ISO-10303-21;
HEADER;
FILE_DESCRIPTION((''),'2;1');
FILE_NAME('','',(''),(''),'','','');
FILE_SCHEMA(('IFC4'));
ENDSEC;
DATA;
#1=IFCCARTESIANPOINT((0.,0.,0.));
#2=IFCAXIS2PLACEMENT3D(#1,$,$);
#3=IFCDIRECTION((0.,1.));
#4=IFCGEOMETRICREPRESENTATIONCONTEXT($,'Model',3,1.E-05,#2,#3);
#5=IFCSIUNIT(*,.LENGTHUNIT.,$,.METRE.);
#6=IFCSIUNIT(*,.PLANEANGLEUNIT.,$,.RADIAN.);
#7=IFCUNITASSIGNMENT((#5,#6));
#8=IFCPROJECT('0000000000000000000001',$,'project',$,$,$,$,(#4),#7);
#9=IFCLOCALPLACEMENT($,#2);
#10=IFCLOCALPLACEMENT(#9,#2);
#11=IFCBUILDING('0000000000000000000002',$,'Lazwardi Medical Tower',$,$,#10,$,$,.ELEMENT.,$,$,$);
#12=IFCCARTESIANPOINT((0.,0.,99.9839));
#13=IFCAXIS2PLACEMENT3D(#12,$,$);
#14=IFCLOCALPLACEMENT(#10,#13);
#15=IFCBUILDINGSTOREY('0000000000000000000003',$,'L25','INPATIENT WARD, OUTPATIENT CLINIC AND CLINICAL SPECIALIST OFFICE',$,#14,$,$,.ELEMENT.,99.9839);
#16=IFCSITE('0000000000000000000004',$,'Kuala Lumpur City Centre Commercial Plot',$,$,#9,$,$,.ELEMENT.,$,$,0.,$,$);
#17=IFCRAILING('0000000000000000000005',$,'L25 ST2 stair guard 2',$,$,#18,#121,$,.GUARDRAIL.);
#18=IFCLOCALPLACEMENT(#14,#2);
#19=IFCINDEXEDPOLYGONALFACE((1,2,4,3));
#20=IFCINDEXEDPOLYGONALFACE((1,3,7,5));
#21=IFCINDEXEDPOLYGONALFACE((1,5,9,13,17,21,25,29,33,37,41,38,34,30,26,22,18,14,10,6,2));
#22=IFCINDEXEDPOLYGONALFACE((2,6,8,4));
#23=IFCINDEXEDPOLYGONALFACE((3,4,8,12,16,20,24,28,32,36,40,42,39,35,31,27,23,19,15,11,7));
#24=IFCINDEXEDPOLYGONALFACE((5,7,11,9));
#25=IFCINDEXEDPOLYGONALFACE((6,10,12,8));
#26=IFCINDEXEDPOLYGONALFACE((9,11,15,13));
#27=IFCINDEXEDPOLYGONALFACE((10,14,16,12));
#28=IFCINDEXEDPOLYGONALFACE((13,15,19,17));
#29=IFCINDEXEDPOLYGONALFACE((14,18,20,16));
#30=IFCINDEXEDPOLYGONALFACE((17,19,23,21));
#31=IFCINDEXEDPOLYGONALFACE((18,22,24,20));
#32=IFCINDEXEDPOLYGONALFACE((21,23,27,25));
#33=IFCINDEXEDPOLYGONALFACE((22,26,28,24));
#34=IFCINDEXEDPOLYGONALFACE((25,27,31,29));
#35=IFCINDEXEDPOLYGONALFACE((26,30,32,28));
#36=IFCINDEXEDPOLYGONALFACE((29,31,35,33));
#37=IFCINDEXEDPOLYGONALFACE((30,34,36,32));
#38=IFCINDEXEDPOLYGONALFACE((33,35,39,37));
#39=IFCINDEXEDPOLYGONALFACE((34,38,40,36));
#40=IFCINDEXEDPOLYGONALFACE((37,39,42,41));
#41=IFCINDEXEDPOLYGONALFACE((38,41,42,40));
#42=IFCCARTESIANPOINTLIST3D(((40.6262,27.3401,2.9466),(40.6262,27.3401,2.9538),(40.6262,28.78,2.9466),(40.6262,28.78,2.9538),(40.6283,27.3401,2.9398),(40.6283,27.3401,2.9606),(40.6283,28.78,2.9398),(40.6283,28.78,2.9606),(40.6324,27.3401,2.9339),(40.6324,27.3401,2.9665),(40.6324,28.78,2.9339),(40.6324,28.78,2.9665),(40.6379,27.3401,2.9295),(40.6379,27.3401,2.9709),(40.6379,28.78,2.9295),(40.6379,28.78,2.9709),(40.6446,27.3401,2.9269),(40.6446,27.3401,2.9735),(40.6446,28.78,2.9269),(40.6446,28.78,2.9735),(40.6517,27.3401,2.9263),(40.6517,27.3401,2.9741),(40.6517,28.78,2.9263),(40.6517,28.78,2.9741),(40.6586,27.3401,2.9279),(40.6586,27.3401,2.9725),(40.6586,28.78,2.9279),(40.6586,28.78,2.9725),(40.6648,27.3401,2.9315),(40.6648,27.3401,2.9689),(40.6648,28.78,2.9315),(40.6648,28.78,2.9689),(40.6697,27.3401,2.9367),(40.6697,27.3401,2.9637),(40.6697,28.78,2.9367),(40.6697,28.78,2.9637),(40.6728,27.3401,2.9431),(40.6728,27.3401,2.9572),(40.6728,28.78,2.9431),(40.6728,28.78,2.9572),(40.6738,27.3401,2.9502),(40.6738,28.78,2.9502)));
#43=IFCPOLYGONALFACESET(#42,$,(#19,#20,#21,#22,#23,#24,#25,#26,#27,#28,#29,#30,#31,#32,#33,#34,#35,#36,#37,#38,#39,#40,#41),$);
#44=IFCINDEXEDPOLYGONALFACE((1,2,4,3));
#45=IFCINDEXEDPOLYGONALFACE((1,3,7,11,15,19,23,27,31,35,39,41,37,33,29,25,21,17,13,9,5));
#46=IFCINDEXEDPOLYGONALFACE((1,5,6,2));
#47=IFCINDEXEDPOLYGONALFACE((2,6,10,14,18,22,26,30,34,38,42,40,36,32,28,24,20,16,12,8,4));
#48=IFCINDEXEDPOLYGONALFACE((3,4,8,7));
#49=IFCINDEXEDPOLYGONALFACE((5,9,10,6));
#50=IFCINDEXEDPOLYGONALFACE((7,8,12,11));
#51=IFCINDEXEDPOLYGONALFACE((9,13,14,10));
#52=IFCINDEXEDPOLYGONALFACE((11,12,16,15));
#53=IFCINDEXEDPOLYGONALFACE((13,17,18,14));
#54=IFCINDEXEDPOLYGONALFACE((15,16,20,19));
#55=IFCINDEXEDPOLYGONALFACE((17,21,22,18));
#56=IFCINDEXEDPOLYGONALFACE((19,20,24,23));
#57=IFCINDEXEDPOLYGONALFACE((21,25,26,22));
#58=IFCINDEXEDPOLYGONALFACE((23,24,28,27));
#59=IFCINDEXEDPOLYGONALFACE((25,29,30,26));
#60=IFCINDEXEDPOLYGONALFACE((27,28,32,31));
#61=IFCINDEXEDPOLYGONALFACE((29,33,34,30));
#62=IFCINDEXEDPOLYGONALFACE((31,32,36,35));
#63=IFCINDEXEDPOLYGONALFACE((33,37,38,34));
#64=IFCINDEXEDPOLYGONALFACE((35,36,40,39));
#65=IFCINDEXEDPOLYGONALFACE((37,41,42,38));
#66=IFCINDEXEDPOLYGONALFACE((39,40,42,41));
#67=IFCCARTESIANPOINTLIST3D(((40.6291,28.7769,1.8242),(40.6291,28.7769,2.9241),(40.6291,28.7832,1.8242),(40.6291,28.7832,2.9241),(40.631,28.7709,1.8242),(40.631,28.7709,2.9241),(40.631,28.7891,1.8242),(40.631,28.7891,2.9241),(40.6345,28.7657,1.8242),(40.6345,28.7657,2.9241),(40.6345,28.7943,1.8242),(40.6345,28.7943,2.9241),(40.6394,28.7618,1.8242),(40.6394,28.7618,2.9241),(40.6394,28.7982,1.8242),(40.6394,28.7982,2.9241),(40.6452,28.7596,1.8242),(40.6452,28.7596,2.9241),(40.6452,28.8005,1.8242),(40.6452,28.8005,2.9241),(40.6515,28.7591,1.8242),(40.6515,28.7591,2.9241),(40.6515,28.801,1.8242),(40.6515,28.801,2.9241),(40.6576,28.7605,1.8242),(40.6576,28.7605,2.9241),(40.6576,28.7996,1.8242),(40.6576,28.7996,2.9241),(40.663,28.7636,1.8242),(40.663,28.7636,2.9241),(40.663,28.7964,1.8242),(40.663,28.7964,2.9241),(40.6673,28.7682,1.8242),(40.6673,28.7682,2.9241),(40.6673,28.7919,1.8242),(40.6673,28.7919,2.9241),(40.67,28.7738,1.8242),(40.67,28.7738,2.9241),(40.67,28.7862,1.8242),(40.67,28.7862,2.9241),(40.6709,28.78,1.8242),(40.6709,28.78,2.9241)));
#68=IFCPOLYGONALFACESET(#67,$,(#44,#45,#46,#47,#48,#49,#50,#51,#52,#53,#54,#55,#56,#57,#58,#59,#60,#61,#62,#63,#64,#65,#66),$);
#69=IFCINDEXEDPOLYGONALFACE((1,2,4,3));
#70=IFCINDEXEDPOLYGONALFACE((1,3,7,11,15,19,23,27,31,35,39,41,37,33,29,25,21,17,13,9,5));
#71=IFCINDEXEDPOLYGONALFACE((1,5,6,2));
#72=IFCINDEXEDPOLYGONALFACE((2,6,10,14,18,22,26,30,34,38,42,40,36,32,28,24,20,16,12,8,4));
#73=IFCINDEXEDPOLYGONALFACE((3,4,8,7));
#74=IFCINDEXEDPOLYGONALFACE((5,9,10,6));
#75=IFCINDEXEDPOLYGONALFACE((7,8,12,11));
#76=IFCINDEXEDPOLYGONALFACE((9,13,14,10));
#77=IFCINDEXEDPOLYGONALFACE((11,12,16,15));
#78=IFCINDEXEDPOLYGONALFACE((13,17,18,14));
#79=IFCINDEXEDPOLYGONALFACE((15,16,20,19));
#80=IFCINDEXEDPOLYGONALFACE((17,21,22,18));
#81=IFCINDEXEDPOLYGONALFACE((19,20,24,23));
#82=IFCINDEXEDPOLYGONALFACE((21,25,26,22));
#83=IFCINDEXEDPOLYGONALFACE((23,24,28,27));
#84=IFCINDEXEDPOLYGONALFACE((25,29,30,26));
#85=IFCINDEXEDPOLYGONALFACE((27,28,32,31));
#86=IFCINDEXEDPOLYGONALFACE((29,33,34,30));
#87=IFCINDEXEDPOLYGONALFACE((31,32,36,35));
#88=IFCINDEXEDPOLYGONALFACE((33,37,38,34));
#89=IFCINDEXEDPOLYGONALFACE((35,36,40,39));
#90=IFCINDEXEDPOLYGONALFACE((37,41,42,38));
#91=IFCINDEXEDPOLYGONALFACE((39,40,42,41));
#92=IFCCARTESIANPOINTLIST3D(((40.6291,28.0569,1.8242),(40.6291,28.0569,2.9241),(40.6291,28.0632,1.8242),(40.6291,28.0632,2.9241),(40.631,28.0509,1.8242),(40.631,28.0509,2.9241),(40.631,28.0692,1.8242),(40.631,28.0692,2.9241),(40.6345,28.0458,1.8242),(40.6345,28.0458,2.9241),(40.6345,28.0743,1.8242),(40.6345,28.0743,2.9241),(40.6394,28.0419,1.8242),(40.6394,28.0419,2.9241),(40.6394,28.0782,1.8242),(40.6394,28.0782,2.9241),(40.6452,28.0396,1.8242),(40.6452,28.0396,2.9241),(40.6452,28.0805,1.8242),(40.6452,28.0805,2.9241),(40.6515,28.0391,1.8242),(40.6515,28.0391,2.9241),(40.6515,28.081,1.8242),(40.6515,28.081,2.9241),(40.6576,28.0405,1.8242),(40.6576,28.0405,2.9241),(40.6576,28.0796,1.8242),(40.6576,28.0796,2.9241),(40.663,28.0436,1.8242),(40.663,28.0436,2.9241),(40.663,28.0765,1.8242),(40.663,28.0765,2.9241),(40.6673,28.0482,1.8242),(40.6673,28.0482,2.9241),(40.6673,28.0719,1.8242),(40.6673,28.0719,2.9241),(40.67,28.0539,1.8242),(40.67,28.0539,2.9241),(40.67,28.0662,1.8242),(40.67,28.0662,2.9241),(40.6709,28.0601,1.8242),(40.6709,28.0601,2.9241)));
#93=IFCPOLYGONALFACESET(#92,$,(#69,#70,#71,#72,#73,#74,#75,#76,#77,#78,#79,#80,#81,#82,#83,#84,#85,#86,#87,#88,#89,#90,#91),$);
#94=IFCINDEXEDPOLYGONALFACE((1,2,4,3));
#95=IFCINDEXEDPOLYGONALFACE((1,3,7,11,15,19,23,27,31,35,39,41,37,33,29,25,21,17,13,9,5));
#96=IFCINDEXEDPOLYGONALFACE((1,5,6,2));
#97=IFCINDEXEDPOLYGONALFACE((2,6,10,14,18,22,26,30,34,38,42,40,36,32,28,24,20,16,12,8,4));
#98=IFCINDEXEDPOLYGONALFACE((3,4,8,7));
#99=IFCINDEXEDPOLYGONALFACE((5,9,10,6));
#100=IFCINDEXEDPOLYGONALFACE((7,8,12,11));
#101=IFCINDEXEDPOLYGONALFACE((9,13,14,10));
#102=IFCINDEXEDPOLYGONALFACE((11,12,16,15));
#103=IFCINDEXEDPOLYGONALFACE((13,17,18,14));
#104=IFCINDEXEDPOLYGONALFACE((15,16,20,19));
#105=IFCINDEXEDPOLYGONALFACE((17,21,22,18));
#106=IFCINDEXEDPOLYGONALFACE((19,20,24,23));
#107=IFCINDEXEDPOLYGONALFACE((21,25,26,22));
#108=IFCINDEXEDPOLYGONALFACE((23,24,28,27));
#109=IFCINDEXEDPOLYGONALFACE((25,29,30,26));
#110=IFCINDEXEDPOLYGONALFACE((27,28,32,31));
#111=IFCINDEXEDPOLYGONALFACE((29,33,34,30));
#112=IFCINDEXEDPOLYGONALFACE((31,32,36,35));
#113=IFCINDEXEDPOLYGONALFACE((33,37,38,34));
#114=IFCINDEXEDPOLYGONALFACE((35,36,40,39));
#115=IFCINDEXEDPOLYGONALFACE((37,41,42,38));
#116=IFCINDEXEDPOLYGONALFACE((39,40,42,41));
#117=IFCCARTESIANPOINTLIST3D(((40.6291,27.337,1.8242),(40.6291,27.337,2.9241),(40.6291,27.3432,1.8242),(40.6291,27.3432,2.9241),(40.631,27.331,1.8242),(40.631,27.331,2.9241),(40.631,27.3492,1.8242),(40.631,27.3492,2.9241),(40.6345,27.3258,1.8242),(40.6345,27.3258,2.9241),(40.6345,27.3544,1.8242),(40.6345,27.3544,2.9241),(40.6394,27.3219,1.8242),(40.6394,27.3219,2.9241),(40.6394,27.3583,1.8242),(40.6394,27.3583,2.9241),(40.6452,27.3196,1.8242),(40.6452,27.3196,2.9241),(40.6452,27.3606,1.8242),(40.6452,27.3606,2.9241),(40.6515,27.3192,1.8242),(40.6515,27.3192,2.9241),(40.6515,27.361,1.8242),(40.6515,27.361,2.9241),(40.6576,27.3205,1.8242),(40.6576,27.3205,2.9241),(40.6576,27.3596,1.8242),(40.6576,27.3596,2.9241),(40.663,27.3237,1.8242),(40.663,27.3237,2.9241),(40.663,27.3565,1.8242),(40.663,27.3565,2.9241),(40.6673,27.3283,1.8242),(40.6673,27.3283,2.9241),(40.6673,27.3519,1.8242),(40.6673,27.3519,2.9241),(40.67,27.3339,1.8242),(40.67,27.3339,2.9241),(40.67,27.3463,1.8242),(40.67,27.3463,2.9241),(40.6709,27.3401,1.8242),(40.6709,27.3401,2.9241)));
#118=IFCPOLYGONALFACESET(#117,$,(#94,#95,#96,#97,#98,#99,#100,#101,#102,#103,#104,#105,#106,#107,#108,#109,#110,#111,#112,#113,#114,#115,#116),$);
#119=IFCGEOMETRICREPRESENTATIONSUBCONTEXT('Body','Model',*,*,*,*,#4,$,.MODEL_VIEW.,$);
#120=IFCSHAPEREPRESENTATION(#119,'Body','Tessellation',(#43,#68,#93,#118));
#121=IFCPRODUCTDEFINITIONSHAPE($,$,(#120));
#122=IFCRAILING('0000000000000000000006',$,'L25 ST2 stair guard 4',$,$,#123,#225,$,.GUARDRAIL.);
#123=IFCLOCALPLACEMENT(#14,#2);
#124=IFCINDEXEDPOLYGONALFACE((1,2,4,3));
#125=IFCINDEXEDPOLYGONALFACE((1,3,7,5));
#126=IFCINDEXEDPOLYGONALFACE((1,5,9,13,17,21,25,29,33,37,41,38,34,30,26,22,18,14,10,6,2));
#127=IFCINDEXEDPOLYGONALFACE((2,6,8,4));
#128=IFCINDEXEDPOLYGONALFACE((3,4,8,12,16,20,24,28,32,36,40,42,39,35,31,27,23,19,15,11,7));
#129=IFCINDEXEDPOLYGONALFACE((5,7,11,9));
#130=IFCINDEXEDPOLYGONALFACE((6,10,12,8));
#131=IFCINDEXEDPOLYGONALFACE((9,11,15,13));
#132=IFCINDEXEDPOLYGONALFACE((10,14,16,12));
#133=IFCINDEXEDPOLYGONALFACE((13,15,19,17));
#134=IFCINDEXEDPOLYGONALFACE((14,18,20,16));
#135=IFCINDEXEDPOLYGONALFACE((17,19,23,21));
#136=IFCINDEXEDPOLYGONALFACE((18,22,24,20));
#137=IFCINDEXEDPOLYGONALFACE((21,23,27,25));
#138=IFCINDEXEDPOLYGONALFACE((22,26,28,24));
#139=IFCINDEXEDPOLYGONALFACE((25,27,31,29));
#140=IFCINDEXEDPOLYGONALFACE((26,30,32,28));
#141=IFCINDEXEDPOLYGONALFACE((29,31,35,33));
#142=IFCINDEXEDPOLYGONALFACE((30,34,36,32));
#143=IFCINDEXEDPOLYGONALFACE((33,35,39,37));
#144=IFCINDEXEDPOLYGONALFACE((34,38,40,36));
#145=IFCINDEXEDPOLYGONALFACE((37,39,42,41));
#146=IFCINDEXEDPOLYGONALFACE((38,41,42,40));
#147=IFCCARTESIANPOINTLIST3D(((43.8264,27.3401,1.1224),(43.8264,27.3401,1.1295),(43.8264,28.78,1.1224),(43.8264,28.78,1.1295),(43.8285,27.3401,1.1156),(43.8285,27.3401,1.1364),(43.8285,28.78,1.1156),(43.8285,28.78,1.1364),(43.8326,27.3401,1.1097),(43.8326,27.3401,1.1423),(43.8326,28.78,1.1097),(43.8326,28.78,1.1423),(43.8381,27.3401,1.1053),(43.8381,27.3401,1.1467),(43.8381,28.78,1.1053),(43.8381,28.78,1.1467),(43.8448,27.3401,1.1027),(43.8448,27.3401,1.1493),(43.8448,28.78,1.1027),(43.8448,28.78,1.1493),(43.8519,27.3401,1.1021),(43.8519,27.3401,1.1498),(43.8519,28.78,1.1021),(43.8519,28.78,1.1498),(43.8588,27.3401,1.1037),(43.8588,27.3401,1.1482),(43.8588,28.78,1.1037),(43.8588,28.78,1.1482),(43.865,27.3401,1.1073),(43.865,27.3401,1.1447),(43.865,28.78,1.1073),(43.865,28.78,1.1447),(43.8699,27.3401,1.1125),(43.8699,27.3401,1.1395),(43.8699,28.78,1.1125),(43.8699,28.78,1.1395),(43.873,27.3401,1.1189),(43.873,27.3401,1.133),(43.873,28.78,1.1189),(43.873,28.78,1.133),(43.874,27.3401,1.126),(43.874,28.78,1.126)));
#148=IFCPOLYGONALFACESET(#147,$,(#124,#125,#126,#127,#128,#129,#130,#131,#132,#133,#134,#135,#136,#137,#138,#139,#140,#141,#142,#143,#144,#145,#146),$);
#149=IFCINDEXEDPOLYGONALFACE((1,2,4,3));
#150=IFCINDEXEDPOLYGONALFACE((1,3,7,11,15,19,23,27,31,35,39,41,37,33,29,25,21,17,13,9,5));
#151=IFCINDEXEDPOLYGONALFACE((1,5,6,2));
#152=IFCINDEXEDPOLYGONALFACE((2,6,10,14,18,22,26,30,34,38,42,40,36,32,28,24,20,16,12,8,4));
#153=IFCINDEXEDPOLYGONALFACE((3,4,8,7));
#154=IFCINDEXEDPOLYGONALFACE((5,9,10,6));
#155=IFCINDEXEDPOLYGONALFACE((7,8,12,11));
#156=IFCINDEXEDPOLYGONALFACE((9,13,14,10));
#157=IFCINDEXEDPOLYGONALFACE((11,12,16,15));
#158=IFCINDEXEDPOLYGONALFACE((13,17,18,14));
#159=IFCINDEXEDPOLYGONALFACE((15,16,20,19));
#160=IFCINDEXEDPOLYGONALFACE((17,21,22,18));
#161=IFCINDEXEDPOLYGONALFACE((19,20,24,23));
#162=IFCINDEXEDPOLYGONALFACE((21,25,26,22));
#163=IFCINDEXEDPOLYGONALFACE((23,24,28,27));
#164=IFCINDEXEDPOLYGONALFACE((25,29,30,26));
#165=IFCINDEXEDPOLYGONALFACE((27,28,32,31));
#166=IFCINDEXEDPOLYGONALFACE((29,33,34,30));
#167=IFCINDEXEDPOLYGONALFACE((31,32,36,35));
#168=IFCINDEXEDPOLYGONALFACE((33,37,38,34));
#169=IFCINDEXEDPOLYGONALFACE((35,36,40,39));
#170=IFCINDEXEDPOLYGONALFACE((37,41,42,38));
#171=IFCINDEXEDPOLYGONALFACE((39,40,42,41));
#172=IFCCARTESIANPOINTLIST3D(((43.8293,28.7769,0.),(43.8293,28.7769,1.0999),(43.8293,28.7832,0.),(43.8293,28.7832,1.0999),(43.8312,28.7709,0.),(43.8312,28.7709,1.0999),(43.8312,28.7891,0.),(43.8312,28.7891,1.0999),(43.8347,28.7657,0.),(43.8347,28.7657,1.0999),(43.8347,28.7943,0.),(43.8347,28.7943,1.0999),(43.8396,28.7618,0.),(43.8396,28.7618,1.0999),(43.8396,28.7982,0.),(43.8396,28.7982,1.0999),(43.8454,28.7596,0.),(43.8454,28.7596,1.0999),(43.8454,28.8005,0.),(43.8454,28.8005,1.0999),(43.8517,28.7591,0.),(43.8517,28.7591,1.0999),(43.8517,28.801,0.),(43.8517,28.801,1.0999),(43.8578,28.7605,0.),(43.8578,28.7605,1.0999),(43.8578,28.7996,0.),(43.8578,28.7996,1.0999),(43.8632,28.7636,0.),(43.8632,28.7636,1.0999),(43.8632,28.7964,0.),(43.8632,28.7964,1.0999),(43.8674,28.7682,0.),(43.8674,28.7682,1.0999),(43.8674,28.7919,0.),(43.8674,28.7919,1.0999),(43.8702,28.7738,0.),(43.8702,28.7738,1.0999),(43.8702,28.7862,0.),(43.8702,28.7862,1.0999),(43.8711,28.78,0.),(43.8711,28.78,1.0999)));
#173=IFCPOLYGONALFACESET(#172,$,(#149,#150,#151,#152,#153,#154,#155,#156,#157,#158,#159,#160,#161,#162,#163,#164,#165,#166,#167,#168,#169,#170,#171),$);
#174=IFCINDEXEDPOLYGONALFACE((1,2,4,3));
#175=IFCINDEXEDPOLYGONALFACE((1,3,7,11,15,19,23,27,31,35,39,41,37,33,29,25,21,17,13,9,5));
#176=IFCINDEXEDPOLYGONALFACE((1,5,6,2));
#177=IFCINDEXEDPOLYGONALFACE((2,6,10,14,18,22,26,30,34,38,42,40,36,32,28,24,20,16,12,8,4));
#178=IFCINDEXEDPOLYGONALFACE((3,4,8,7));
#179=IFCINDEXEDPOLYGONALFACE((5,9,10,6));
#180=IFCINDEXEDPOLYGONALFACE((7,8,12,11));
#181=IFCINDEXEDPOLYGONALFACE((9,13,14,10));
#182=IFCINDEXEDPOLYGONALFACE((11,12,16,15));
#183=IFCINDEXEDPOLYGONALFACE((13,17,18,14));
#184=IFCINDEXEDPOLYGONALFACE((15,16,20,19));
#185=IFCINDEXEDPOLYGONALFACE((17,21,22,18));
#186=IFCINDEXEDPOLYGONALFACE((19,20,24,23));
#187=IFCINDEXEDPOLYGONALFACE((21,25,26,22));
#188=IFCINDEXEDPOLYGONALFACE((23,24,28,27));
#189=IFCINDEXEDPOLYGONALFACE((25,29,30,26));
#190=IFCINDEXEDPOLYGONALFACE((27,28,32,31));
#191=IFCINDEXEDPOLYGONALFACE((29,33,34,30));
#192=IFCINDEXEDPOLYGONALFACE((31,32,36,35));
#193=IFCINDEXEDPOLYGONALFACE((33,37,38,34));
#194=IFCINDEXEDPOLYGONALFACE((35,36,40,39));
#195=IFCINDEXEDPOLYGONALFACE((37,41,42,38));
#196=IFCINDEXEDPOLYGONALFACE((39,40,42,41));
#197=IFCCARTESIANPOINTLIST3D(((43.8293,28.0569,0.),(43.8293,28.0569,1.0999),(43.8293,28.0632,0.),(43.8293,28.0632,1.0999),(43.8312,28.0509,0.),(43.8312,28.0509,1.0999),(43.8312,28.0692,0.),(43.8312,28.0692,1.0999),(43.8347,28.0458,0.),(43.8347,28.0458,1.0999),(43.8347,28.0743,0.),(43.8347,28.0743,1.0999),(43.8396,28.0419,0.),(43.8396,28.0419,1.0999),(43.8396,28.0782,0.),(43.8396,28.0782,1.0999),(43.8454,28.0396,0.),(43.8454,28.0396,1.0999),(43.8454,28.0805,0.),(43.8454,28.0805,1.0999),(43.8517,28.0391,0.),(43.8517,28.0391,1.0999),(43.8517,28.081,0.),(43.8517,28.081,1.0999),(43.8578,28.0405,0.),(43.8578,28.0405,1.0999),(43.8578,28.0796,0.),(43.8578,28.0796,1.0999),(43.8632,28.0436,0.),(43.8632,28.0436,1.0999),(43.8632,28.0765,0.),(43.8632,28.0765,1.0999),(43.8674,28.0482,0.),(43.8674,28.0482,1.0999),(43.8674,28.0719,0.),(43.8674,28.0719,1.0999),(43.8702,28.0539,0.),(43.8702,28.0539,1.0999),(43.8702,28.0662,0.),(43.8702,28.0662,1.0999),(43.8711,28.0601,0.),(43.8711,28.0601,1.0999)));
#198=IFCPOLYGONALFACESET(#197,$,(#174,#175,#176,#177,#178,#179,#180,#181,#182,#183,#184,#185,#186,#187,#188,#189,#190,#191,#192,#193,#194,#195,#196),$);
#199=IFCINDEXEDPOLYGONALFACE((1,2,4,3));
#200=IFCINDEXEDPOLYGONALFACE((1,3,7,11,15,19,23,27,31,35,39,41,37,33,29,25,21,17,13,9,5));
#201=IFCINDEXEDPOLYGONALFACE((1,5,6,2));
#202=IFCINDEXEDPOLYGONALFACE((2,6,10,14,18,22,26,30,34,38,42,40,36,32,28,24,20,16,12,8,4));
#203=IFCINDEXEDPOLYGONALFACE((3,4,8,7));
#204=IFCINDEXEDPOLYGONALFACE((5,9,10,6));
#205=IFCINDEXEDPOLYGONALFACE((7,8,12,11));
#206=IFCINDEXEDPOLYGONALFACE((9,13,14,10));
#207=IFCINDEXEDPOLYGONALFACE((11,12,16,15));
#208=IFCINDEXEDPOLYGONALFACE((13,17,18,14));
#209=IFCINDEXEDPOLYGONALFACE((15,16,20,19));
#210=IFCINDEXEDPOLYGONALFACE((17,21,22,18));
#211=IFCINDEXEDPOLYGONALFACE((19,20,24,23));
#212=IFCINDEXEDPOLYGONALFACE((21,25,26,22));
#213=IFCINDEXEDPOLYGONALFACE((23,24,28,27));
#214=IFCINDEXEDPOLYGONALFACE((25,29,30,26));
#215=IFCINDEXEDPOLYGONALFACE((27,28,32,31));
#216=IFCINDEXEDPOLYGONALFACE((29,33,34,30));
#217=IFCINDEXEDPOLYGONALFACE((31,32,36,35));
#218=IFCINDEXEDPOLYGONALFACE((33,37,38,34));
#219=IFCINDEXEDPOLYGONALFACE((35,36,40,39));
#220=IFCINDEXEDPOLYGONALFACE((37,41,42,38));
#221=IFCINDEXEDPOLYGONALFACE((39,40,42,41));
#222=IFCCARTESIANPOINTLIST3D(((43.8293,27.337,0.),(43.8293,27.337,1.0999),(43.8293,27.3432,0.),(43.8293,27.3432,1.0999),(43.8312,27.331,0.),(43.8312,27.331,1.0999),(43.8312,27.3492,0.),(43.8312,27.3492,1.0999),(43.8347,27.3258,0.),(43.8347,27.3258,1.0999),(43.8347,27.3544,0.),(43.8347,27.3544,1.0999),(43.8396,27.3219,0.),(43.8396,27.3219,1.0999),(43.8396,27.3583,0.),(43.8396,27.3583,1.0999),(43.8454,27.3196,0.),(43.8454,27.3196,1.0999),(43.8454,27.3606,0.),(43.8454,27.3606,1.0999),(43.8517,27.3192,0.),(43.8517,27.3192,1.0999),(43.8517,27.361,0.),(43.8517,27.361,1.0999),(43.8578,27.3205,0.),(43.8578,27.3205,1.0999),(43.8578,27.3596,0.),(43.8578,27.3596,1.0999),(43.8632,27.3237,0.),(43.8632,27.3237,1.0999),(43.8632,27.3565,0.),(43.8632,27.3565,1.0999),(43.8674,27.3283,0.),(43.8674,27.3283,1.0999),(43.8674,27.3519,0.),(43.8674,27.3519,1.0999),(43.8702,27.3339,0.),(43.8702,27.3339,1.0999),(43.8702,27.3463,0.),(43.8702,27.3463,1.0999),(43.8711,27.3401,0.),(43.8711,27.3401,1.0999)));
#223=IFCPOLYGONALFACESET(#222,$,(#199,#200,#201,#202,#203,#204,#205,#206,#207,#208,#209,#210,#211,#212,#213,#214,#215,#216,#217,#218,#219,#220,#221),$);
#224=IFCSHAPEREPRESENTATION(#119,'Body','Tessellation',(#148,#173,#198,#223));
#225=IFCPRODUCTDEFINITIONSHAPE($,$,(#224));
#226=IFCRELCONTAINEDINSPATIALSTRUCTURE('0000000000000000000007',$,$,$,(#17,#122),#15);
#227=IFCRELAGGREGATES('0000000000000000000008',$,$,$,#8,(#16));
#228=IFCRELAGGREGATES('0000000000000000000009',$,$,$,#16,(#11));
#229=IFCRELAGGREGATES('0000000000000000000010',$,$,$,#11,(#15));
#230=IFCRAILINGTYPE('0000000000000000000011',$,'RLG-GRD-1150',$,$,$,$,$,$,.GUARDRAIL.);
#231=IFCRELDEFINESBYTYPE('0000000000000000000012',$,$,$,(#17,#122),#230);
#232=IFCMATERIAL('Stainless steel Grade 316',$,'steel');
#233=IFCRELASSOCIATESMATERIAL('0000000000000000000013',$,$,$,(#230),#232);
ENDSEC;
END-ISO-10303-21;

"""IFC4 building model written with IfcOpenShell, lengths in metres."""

from ifc_helpers import new_model, si_unit, direction, frame, origin, origin_2d, place, context, subcontext, project, spatial, circle, extrude, material, type_object, element, save


model = new_model("IFC4")

# Units and contexts
model_context = context("Model", 3, precision=1e-05, world=origin(), true_north=direction((0.0, 1.0)))
body_context = subcontext(model_context, "Body", "Model", "MODEL_VIEW")
ifc_project = project(units=[si_unit("LENGTHUNIT", "METRE"), si_unit("PLANEANGLEUNIT", "RADIAN")], contexts=[model_context])

# Site, building, storey
site_placement = place(None, origin())
site = spatial("IfcSite", under=ifc_project, at=site_placement, Name="Kuala Lumpur City Centre Commercial Plot", CompositionType="ELEMENT", RefElevation=0.0)
building_placement = place(site_placement, origin())
building = spatial("IfcBuilding", under=site, at=building_placement, Name="Lazwardi Medical Tower", CompositionType="ELEMENT")
storey_placement = place(building_placement, frame((0.0, 0.0, 99.9839)))
storey = spatial("IfcBuildingStorey", under=building, at=storey_placement, Name="L25", Description="INPATIENT WARD, OUTPATIENT CLINIC AND CLINICAL SPECIALIST OFFICE", CompositionType="ELEMENT", Elevation=99.9839)

# Railings
ifc_material_1 = material(Name="Stainless steel Grade 316", Category="steel")
railing_type_1 = type_object("IfcRailingType", Name="RLG-GRD-1150", PredefinedType="GUARDRAIL", material=ifc_material_1)
for number, where, name in (
    (1, (40.6499, 28.78, 1.8242), "L25 ST2 stair guard 2"),
    (2, (43.8501, 28.78, 0.0), "L25 ST2 stair guard 4"),
):
    element("IfcRailing", number, at=place(storey_placement, frame(where)), inside=storey, type_object=railing_type_1, Name=name, PredefinedType="GUARDRAIL", context=body_context, shape_type="SweptSolid", body=[
        extrude(circle(Radius=0.0239, at=origin_2d()), frame((0.0, 0.0, 1.126), z_axis=(0.0, -1.0, 0.0), x_axis=(1.0, 0.0, 0.0)), (0.0, 0.0, 1.0), 1.4399),
        extrude(circle(Radius=0.021, at=origin_2d()), origin(), (0.0, 0.0, 1.0), 1.0999),
        extrude(circle(Radius=0.021, at=origin_2d()), frame((0.0, -0.72, 0.0)), (0.0, 0.0, 1.0), 1.0999),
        extrude(circle(Radius=0.021, at=origin_2d()), frame((0.0, -1.4399, 0.0)), (0.0, 0.0, 1.0), 1.0999),
    ])

save(model, "model.ifc")
